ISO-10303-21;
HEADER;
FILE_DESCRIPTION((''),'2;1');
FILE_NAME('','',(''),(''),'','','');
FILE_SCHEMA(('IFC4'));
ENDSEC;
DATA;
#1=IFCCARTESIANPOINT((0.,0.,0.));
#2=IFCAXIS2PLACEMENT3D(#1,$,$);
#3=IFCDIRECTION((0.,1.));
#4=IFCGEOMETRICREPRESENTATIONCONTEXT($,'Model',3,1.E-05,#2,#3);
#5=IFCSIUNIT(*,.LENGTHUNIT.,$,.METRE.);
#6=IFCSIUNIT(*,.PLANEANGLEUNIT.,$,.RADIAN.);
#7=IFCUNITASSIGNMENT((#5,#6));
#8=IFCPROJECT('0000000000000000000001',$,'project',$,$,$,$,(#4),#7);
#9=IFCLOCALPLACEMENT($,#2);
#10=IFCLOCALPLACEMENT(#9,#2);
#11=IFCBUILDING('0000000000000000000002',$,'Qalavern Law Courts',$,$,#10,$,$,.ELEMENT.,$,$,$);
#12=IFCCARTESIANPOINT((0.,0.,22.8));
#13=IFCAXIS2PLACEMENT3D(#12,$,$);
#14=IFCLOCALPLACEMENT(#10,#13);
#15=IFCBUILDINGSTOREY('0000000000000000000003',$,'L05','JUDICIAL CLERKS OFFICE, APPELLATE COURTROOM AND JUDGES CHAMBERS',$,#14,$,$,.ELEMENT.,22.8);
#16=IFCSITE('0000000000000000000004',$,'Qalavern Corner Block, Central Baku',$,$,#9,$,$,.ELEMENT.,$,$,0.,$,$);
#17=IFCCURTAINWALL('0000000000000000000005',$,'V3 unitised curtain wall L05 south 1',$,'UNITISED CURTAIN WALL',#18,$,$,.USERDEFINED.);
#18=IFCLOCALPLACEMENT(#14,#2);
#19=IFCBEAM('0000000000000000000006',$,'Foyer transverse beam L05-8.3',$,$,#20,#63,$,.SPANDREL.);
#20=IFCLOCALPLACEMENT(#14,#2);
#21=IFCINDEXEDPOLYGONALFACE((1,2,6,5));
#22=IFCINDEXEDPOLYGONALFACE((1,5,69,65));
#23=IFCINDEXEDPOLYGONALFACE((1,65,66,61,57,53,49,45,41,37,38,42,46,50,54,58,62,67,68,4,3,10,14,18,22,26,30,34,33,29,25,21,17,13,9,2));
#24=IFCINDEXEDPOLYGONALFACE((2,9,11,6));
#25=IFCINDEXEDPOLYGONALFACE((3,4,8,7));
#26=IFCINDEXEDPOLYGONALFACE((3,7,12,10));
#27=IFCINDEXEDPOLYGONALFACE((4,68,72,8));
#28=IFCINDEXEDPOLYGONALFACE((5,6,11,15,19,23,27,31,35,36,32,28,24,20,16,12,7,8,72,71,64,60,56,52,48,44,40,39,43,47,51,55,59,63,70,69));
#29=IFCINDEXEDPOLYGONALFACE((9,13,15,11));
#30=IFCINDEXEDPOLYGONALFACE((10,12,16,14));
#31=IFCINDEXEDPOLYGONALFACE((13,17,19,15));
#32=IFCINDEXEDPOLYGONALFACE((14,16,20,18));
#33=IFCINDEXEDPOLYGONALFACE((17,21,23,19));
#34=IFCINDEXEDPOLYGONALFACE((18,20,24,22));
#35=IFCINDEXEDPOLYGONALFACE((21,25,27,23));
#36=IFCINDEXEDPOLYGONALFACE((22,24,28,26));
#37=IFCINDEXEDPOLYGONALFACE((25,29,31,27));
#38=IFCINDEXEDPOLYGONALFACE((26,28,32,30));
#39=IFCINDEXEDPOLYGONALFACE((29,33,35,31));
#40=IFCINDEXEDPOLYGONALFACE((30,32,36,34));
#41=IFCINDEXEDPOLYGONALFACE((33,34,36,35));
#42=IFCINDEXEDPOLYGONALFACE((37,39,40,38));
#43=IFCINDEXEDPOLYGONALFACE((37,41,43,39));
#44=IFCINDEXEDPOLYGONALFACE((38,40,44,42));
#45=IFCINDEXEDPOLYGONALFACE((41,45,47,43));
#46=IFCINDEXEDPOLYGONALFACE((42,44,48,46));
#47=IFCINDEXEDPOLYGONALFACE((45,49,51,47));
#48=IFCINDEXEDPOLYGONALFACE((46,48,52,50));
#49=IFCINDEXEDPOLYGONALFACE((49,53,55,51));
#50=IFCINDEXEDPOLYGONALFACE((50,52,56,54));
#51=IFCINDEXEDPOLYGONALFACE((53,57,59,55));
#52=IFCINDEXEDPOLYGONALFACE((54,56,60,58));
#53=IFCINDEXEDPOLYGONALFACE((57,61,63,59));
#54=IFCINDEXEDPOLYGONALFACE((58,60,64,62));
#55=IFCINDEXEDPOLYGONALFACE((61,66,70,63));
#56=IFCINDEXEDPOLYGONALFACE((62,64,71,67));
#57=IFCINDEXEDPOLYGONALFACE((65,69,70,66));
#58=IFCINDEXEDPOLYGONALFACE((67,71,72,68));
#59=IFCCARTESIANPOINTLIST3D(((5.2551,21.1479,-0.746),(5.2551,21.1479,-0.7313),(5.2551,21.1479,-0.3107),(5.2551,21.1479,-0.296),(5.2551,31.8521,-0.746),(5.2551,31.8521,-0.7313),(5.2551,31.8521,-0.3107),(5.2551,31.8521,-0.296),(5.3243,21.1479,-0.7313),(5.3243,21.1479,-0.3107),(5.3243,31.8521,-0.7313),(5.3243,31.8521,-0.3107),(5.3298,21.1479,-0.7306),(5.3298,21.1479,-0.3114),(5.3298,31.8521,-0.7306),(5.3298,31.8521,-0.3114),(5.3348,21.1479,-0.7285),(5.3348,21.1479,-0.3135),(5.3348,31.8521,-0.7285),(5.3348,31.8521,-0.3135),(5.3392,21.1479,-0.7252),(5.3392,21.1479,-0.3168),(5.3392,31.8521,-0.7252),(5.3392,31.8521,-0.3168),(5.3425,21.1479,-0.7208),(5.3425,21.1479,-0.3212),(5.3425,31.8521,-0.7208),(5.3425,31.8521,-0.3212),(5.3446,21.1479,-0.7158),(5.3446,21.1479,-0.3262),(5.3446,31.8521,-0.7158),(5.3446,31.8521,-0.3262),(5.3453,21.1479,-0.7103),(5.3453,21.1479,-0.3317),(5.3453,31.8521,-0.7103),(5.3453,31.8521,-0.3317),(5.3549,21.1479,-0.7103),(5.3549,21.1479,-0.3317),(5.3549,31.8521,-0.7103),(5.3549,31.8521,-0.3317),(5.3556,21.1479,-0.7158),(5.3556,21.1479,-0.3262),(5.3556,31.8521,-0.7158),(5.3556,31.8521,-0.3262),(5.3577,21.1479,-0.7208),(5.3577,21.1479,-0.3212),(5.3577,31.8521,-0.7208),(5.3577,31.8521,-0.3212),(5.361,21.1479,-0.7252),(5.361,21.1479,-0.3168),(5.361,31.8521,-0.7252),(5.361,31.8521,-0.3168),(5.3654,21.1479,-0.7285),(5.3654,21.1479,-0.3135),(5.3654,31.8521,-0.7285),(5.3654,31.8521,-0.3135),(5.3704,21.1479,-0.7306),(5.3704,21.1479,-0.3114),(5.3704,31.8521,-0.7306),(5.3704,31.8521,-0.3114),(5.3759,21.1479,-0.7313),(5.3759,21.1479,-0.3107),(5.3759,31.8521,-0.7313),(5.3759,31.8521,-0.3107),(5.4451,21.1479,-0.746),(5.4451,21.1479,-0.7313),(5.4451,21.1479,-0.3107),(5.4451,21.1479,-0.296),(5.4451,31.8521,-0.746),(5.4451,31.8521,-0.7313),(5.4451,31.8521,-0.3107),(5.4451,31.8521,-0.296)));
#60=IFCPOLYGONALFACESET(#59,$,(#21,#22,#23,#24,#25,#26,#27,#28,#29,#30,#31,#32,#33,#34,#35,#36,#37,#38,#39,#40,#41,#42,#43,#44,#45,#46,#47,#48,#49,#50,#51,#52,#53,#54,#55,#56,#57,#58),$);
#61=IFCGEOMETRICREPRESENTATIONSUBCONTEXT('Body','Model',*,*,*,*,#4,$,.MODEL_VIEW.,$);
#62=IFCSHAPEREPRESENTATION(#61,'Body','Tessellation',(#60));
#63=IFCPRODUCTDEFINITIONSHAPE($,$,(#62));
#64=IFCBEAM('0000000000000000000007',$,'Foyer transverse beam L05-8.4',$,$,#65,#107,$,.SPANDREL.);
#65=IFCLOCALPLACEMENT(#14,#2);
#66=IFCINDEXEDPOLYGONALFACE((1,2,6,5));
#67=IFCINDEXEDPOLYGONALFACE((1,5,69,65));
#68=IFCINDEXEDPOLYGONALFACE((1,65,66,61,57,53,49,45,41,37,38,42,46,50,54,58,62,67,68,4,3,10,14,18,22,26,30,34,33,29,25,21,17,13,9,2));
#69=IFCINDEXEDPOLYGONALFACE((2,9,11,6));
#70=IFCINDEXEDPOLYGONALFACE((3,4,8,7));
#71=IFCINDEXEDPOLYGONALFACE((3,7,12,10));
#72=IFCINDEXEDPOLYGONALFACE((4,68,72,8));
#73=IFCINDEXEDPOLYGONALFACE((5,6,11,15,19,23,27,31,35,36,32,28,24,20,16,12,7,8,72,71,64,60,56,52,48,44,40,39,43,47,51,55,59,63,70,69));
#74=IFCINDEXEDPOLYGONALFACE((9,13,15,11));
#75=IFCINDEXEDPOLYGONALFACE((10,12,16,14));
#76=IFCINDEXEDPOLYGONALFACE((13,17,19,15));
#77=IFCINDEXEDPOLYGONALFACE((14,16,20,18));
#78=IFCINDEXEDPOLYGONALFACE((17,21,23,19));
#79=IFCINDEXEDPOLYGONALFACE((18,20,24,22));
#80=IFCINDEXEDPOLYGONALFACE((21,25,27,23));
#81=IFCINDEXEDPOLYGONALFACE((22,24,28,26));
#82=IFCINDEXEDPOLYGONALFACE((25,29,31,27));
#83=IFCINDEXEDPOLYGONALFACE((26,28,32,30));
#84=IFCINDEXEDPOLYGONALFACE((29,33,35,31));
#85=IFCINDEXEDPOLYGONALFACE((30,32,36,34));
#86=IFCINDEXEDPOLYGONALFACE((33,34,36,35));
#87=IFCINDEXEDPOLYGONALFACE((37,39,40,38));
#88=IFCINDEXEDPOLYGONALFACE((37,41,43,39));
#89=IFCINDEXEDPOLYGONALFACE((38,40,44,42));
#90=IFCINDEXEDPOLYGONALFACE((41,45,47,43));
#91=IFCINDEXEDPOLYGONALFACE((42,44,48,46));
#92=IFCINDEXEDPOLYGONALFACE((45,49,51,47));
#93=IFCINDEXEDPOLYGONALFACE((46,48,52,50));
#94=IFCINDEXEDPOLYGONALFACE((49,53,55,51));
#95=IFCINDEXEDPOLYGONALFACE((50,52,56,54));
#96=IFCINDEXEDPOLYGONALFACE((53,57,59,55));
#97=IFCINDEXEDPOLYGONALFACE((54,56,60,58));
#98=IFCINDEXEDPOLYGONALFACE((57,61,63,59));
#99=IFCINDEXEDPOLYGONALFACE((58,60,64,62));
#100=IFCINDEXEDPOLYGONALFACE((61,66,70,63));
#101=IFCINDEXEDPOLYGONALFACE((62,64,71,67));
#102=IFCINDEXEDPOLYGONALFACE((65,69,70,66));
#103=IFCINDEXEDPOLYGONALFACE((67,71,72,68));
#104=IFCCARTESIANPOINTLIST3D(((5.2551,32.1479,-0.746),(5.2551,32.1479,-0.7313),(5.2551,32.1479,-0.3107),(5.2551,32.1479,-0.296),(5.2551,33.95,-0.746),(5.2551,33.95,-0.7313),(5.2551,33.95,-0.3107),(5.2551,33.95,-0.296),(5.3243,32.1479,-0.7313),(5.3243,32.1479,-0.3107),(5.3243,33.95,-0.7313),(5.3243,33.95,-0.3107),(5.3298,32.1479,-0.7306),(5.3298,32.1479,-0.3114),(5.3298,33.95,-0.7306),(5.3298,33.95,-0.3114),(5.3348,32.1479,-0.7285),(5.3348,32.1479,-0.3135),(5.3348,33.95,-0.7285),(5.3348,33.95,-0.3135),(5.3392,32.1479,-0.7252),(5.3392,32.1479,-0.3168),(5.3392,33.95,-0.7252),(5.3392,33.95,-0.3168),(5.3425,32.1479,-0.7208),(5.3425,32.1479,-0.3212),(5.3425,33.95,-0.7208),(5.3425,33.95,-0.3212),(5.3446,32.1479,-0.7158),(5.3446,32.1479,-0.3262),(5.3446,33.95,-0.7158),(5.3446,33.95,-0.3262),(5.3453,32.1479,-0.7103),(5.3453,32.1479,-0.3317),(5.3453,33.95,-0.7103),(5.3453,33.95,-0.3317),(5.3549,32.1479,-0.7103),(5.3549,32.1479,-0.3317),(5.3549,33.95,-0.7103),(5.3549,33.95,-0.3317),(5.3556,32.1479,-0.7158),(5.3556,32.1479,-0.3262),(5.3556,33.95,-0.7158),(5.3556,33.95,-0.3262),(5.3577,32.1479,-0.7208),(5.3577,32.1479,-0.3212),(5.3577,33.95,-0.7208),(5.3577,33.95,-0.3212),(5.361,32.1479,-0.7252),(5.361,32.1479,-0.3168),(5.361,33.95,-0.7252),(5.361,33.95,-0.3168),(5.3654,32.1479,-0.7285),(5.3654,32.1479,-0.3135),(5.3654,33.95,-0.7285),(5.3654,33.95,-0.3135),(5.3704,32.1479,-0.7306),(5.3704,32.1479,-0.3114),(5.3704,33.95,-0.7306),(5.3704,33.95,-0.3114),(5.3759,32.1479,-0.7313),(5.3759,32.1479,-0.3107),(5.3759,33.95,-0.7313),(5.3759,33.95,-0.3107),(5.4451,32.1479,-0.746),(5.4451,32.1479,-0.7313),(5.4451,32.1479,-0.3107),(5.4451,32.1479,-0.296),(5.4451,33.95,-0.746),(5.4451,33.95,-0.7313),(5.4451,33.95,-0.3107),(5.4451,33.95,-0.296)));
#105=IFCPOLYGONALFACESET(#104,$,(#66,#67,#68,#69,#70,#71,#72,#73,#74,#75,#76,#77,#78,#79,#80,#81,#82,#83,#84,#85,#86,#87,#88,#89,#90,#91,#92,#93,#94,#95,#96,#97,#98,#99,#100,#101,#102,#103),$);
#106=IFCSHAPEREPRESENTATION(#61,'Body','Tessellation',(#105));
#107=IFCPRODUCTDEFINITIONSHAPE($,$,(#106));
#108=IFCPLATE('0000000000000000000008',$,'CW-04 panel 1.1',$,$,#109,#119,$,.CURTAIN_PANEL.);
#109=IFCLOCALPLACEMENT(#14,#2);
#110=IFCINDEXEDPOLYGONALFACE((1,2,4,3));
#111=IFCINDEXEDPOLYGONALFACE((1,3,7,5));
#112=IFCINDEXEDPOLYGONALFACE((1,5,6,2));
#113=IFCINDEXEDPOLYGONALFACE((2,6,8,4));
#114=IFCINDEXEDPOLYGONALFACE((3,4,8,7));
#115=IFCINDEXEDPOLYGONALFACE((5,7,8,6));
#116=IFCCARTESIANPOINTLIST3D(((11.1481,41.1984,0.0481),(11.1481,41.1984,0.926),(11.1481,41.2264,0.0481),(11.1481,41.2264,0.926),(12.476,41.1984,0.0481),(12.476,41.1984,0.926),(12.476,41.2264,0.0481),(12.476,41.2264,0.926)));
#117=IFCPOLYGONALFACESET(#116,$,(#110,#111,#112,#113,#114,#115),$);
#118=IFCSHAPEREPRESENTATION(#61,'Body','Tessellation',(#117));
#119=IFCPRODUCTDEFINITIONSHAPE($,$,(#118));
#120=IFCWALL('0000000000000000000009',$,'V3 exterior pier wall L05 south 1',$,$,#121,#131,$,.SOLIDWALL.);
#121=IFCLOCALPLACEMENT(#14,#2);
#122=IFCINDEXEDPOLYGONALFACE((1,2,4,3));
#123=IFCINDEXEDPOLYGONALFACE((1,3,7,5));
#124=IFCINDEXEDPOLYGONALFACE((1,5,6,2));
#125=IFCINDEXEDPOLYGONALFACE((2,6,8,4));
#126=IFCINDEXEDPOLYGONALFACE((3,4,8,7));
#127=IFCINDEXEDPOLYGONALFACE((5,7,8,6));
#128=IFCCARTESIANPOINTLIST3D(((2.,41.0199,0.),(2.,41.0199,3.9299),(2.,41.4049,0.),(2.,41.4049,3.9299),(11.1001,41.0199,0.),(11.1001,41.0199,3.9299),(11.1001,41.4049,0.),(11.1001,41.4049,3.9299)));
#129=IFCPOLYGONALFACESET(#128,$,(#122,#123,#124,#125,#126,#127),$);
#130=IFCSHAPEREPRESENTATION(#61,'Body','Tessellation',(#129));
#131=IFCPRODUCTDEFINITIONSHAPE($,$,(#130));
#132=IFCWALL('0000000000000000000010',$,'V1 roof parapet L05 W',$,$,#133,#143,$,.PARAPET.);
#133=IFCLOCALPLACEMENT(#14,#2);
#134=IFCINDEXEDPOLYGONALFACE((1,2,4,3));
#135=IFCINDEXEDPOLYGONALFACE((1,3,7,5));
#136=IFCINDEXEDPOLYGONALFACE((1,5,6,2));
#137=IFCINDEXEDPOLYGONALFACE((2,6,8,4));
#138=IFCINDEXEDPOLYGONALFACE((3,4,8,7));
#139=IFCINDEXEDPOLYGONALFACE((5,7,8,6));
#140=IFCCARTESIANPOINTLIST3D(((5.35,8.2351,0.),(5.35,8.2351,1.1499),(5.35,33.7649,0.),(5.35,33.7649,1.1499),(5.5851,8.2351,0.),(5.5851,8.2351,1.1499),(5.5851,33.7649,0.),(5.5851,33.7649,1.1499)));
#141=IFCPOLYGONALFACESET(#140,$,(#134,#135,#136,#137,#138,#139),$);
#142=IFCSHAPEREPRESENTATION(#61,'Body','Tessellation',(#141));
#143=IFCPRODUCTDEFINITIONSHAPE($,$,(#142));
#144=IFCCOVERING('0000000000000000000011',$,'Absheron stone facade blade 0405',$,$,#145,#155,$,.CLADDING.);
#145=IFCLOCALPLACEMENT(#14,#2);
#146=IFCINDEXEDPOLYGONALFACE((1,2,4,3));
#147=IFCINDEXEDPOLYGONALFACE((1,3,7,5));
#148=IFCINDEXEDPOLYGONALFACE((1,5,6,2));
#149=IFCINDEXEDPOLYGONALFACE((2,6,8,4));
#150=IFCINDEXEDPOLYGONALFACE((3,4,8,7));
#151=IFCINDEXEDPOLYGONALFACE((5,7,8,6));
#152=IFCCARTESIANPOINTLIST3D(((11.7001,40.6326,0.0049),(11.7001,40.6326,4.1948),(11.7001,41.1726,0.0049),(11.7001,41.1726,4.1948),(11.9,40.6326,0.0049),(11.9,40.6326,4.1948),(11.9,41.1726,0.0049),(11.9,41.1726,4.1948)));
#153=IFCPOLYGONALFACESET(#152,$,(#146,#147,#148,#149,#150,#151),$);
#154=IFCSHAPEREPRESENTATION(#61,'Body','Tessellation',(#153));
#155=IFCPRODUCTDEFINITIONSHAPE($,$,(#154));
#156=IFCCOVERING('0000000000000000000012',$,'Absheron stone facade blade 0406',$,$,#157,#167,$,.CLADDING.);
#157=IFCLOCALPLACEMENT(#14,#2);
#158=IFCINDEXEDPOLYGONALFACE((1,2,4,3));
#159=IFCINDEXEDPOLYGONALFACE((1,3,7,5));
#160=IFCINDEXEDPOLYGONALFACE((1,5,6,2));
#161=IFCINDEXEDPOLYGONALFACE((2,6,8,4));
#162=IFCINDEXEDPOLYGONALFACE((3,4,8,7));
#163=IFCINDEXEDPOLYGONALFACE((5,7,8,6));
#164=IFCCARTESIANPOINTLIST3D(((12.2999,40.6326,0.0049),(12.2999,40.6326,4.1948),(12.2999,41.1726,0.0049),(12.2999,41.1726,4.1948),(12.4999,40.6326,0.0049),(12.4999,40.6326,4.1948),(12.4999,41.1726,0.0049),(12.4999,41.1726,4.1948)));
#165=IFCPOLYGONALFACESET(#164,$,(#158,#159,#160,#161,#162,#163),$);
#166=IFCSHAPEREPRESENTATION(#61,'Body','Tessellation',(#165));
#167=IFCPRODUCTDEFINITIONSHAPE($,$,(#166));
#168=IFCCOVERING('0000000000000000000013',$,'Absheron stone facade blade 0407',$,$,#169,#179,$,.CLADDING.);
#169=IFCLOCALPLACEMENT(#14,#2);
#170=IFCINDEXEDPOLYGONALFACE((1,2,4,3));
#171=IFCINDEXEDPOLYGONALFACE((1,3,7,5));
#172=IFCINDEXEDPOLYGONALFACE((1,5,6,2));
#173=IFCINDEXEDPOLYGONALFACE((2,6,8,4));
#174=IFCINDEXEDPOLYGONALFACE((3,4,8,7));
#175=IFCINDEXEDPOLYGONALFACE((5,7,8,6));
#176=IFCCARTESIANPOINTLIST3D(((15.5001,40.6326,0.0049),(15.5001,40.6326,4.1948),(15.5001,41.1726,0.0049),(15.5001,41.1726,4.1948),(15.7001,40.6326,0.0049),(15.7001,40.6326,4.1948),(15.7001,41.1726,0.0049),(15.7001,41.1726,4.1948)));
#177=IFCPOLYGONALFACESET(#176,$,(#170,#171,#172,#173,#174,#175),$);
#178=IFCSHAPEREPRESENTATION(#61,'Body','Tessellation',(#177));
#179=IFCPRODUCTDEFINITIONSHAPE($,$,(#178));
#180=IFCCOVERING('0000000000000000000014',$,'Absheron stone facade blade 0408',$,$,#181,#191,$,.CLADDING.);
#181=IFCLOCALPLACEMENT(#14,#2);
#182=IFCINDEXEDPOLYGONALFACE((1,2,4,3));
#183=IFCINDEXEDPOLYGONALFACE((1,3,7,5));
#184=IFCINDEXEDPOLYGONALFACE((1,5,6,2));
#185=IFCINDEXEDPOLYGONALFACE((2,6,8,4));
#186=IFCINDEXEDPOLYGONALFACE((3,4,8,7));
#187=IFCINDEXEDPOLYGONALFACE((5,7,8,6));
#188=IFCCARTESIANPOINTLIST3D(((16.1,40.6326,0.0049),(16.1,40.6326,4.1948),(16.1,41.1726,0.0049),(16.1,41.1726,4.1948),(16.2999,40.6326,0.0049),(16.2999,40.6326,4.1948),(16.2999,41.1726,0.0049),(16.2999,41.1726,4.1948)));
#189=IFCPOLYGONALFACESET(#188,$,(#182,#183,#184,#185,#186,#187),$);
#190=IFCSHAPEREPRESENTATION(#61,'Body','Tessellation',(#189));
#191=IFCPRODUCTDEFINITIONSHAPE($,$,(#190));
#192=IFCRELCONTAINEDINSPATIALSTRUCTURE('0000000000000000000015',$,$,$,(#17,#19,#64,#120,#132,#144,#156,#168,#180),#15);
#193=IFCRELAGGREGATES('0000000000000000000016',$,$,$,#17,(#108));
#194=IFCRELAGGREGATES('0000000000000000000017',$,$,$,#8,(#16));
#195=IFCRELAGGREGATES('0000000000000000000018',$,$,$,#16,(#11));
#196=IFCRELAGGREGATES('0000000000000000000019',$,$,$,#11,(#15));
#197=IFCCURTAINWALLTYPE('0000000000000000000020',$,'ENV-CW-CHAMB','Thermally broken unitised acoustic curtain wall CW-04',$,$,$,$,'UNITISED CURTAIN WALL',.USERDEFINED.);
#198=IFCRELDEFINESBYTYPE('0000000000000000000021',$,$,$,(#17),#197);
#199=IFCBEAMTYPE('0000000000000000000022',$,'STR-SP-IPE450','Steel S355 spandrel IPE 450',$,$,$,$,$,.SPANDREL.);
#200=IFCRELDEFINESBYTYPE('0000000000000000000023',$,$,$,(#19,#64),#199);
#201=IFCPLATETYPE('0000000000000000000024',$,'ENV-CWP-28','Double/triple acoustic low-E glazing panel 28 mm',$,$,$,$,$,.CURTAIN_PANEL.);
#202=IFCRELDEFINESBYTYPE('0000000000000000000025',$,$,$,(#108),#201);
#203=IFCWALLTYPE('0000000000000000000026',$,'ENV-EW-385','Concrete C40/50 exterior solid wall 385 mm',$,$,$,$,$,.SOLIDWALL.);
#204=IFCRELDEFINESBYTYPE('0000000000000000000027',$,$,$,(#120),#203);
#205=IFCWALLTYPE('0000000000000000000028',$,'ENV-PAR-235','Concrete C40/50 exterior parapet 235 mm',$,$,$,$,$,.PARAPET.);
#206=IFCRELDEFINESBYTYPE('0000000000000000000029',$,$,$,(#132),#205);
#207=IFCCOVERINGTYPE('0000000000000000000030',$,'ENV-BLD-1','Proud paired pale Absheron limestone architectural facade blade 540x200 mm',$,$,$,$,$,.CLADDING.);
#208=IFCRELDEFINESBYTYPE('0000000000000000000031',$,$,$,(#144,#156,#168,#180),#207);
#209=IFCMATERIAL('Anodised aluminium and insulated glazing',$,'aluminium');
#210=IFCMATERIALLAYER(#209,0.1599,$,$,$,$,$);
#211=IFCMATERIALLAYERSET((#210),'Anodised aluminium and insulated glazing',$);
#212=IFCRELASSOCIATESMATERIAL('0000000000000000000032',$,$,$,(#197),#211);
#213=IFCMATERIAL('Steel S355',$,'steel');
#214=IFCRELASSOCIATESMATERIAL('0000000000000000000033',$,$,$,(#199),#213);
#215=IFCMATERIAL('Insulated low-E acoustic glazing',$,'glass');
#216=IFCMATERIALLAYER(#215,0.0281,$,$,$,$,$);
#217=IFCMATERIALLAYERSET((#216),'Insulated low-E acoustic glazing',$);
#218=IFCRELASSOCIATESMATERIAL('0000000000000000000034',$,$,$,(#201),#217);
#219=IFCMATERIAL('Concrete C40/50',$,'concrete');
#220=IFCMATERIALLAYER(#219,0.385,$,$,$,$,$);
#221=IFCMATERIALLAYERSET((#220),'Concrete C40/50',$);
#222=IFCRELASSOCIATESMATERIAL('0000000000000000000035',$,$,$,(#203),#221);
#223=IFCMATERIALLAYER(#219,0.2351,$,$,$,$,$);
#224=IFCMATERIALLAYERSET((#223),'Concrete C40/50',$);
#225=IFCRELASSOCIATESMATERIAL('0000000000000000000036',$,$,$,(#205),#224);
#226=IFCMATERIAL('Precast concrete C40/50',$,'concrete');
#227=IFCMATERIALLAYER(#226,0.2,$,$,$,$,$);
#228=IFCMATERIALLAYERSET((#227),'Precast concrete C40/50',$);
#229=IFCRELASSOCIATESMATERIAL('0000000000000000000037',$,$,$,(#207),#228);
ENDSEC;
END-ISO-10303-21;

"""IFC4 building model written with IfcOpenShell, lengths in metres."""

from ifc_helpers import new_model, si_unit, direction, frame, frame_2d, origin, origin_2d, place, context, subcontext, project, spatial, rectangle, i_section, extrude, material, layer, layer_set, material_profile, profile_set, type_object, element, aggregate, save


model = new_model("IFC4")

# Units and contexts
model_context = context("Model", 3, precision=1e-05, world=origin(), true_north=direction((0.0, 1.0)))
body_context = subcontext(model_context, "Body", "Model", "MODEL_VIEW")
ifc_project = project(units=[si_unit("LENGTHUNIT", "METRE"), si_unit("PLANEANGLEUNIT", "RADIAN")], contexts=[model_context])

# Site, building, storey
site_placement = place(None, origin())
site = spatial("IfcSite", under=ifc_project, at=site_placement, Name="Qalavern Corner Block, Central Baku", CompositionType="ELEMENT", RefElevation=0.0)
building_placement = place(site_placement, origin())
building = spatial("IfcBuilding", under=site, at=building_placement, Name="Qalavern Law Courts", CompositionType="ELEMENT")
storey_placement = place(building_placement, frame((0.0, 0.0, 22.8)))
storey = spatial("IfcBuildingStorey", under=building, at=storey_placement, Name="L05", Description="JUDICIAL CLERKS OFFICE, APPELLATE COURTROOM AND JUDGES CHAMBERS", CompositionType="ELEMENT", Elevation=22.8)

# Curtain wall
ifc_material_1 = material(Name="Anodised aluminium and insulated glazing", Category="aluminium")
ifc_layer_1 = layer(ifc_material_1, 0.1599)
ifc_layer_set_1 = layer_set([ifc_layer_1], Name="Anodised aluminium and insulated glazing")
curtain_wall_type = type_object("IfcCurtainWallType", Name="ENV-CW-CHAMB", Description="Thermally broken unitised acoustic curtain wall CW-04", ElementType="UNITISED CURTAIN WALL", PredefinedType="USERDEFINED", material=ifc_layer_set_1)
curtain_wall_placement = place(storey_placement, origin())
curtain_wall = element("IfcCurtainWall", 1, at=curtain_wall_placement, inside=storey, type_object=curtain_wall_type, Name="V3 unitised curtain wall L05 south 1", ObjectType="UNITISED CURTAIN WALL", PredefinedType="USERDEFINED")

# Beams
ifc_material_2 = material(Name="Steel S355", Category="steel")
ifc_material_profile_1 = material_profile(ifc_material_2, i_section(OverallWidth=0.1899, OverallDepth=0.45, WebThickness=0.0095, FlangeThickness=0.0146, FilletRadius=0.021, at=origin_2d()), Name="IPE 450")
ifc_profile_set_1 = profile_set([ifc_material_profile_1], Name="Steel S355")
beam_type_1 = type_object("IfcBeamType", Name="STR-SP-IPE450", Description="Steel S355 spandrel IPE 450", PredefinedType="SPANDREL", material=ifc_profile_set_1)
beam_1_placement = place(storey_placement, frame((5.3501, 21.1479, -0.521), z_axis=(0.0, 1.0, 0.0), x_axis=(-1.0, 0.0, 0.0)))
element("IfcBeam", 2, at=beam_1_placement, inside=storey, type_object=beam_type_1, Name="Foyer transverse beam L05-8.3", PredefinedType="SPANDREL", context=body_context, shape_type="SweptSolid", body=[
    extrude(i_section(OverallWidth=0.1899, OverallDepth=0.45, WebThickness=0.0095, FlangeThickness=0.0146, FilletRadius=0.021, at=origin_2d()), origin(), (0.0, 0.0, 1.0), 10.7041),
])
beam_2_placement = place(storey_placement, frame((5.3501, 32.1479, -0.521), z_axis=(0.0, 1.0, 0.0), x_axis=(-1.0, 0.0, 0.0)))
element("IfcBeam", 3, at=beam_2_placement, inside=storey, type_object=beam_type_1, Name="Foyer transverse beam L05-8.4", PredefinedType="SPANDREL", context=body_context, shape_type="SweptSolid", body=[
    extrude(i_section(OverallWidth=0.1899, OverallDepth=0.45, WebThickness=0.0095, FlangeThickness=0.0146, FilletRadius=0.021, at=origin_2d()), origin(), (0.0, 0.0, 1.0), 1.802),
])

# Plate
ifc_material_3 = material(Name="Insulated low-E acoustic glazing", Category="glass")
ifc_layer_2 = layer(ifc_material_3, 0.0281)
ifc_layer_set_2 = layer_set([ifc_layer_2], Name="Insulated low-E acoustic glazing")
plate_type = type_object("IfcPlateType", Name="ENV-CWP-28", Description="Double/triple acoustic low-E glazing panel 28 mm", PredefinedType="CURTAIN_PANEL", material=ifc_layer_set_2)
plate_placement = place(storey_placement, frame((11.812, 41.2124, 0.0481), z_axis=(0.0, 0.0, 1.0), x_axis=(1.0, 0.0, 0.0)))
plate = element("IfcPlate", 4, at=plate_placement, type_object=plate_type, Name="CW-04 panel 1.1", PredefinedType="CURTAIN_PANEL", context=body_context, shape_type="SweptSolid", body=[
    extrude(rectangle(XDim=1.3279, YDim=0.0281, at=origin_2d()), origin(), (0.0, 0.0, 1.0), 0.8779),
])
aggregate(curtain_wall, [plate])

# Walls
ifc_material_4 = material(Name="Concrete C40/50", Category="concrete")
ifc_layer_3 = layer(ifc_material_4, 0.385)
ifc_layer_set_3 = layer_set([ifc_layer_3], Name="Concrete C40/50")
wall_type_1 = type_object("IfcWallType", Name="ENV-EW-385", Description="Concrete C40/50 exterior solid wall 385 mm", PredefinedType="SOLIDWALL", material=ifc_layer_set_3)
wall_1_placement = place(storey_placement, frame((2.0, 41.2124, 0.0), z_axis=(0.0, 0.0, 1.0), x_axis=(1.0, 0.0, 0.0)))
element("IfcWall", 5, at=wall_1_placement, inside=storey, type_object=wall_type_1, Name="V3 exterior pier wall L05 south 1", PredefinedType="SOLIDWALL", context=body_context, shape_type="SweptSolid", body=[
    extrude(rectangle(XDim=9.1001, YDim=0.385, at=frame_2d((4.55, 0.0))), origin(), (0.0, 0.0, 1.0), 3.9299),
])
ifc_layer_4 = layer(ifc_material_4, 0.2351)
ifc_layer_set_4 = layer_set([ifc_layer_4], Name="Concrete C40/50")
wall_type_2 = type_object("IfcWallType", Name="ENV-PAR-235", Description="Concrete C40/50 exterior parapet 235 mm", PredefinedType="PARAPET", material=ifc_layer_set_4)
wall_2_placement = place(storey_placement, frame((5.4675, 33.7649, 0.0), z_axis=(0.0, 0.0, 1.0), x_axis=(0.0, -1.0, 0.0)))
element("IfcWall", 6, at=wall_2_placement, inside=storey, type_object=wall_type_2, Name="V1 roof parapet L05 W", PredefinedType="PARAPET", context=body_context, shape_type="SweptSolid", body=[
    extrude(rectangle(XDim=25.5298, YDim=0.2351, at=frame_2d((12.7649, 0.0))), origin(), (0.0, 0.0, 1.0), 1.1499),
])

# Coverings
ifc_material_5 = material(Name="Precast concrete C40/50", Category="concrete")
ifc_layer_5 = layer(ifc_material_5, 0.2)
ifc_layer_set_5 = layer_set([ifc_layer_5], Name="Precast concrete C40/50")
covering_type_1 = type_object("IfcCoveringType", Name="ENV-BLD-1", Description="Proud paired pale Absheron limestone architectural facade blade 540x200 mm", PredefinedType="CLADDING", material=ifc_layer_set_5)
for number, where, z_axis, x_axis, name in (
    (7, (11.8, 40.9026, 0.0049), (0.0, 0.0, 1.0), (0.0, -1.0, 0.0), "Absheron stone facade blade 0405"),
    (8, (12.3999, 40.9026, 0.0049), (0.0, 0.0, 1.0), (0.0, -1.0, 0.0), "Absheron stone facade blade 0406"),
    (9, (15.6001, 40.9026, 0.0049), (0.0, 0.0, 1.0), (0.0, -1.0, 0.0), "Absheron stone facade blade 0407"),
    (10, (16.2, 40.9026, 0.0049), (0.0, 0.0, 1.0), (0.0, -1.0, 0.0), "Absheron stone facade blade 0408"),
):
    element("IfcCovering", number, at=place(storey_placement, frame(where, z_axis=z_axis, x_axis=x_axis)), inside=storey, type_object=covering_type_1, Name=name, PredefinedType="CLADDING", context=body_context, shape_type="SweptSolid", body=[
        extrude(rectangle(XDim=0.54, YDim=0.2, at=origin_2d()), origin(), (0.0, 0.0, 1.0), 4.1899),
    ])

save(model, "model.ifc")
